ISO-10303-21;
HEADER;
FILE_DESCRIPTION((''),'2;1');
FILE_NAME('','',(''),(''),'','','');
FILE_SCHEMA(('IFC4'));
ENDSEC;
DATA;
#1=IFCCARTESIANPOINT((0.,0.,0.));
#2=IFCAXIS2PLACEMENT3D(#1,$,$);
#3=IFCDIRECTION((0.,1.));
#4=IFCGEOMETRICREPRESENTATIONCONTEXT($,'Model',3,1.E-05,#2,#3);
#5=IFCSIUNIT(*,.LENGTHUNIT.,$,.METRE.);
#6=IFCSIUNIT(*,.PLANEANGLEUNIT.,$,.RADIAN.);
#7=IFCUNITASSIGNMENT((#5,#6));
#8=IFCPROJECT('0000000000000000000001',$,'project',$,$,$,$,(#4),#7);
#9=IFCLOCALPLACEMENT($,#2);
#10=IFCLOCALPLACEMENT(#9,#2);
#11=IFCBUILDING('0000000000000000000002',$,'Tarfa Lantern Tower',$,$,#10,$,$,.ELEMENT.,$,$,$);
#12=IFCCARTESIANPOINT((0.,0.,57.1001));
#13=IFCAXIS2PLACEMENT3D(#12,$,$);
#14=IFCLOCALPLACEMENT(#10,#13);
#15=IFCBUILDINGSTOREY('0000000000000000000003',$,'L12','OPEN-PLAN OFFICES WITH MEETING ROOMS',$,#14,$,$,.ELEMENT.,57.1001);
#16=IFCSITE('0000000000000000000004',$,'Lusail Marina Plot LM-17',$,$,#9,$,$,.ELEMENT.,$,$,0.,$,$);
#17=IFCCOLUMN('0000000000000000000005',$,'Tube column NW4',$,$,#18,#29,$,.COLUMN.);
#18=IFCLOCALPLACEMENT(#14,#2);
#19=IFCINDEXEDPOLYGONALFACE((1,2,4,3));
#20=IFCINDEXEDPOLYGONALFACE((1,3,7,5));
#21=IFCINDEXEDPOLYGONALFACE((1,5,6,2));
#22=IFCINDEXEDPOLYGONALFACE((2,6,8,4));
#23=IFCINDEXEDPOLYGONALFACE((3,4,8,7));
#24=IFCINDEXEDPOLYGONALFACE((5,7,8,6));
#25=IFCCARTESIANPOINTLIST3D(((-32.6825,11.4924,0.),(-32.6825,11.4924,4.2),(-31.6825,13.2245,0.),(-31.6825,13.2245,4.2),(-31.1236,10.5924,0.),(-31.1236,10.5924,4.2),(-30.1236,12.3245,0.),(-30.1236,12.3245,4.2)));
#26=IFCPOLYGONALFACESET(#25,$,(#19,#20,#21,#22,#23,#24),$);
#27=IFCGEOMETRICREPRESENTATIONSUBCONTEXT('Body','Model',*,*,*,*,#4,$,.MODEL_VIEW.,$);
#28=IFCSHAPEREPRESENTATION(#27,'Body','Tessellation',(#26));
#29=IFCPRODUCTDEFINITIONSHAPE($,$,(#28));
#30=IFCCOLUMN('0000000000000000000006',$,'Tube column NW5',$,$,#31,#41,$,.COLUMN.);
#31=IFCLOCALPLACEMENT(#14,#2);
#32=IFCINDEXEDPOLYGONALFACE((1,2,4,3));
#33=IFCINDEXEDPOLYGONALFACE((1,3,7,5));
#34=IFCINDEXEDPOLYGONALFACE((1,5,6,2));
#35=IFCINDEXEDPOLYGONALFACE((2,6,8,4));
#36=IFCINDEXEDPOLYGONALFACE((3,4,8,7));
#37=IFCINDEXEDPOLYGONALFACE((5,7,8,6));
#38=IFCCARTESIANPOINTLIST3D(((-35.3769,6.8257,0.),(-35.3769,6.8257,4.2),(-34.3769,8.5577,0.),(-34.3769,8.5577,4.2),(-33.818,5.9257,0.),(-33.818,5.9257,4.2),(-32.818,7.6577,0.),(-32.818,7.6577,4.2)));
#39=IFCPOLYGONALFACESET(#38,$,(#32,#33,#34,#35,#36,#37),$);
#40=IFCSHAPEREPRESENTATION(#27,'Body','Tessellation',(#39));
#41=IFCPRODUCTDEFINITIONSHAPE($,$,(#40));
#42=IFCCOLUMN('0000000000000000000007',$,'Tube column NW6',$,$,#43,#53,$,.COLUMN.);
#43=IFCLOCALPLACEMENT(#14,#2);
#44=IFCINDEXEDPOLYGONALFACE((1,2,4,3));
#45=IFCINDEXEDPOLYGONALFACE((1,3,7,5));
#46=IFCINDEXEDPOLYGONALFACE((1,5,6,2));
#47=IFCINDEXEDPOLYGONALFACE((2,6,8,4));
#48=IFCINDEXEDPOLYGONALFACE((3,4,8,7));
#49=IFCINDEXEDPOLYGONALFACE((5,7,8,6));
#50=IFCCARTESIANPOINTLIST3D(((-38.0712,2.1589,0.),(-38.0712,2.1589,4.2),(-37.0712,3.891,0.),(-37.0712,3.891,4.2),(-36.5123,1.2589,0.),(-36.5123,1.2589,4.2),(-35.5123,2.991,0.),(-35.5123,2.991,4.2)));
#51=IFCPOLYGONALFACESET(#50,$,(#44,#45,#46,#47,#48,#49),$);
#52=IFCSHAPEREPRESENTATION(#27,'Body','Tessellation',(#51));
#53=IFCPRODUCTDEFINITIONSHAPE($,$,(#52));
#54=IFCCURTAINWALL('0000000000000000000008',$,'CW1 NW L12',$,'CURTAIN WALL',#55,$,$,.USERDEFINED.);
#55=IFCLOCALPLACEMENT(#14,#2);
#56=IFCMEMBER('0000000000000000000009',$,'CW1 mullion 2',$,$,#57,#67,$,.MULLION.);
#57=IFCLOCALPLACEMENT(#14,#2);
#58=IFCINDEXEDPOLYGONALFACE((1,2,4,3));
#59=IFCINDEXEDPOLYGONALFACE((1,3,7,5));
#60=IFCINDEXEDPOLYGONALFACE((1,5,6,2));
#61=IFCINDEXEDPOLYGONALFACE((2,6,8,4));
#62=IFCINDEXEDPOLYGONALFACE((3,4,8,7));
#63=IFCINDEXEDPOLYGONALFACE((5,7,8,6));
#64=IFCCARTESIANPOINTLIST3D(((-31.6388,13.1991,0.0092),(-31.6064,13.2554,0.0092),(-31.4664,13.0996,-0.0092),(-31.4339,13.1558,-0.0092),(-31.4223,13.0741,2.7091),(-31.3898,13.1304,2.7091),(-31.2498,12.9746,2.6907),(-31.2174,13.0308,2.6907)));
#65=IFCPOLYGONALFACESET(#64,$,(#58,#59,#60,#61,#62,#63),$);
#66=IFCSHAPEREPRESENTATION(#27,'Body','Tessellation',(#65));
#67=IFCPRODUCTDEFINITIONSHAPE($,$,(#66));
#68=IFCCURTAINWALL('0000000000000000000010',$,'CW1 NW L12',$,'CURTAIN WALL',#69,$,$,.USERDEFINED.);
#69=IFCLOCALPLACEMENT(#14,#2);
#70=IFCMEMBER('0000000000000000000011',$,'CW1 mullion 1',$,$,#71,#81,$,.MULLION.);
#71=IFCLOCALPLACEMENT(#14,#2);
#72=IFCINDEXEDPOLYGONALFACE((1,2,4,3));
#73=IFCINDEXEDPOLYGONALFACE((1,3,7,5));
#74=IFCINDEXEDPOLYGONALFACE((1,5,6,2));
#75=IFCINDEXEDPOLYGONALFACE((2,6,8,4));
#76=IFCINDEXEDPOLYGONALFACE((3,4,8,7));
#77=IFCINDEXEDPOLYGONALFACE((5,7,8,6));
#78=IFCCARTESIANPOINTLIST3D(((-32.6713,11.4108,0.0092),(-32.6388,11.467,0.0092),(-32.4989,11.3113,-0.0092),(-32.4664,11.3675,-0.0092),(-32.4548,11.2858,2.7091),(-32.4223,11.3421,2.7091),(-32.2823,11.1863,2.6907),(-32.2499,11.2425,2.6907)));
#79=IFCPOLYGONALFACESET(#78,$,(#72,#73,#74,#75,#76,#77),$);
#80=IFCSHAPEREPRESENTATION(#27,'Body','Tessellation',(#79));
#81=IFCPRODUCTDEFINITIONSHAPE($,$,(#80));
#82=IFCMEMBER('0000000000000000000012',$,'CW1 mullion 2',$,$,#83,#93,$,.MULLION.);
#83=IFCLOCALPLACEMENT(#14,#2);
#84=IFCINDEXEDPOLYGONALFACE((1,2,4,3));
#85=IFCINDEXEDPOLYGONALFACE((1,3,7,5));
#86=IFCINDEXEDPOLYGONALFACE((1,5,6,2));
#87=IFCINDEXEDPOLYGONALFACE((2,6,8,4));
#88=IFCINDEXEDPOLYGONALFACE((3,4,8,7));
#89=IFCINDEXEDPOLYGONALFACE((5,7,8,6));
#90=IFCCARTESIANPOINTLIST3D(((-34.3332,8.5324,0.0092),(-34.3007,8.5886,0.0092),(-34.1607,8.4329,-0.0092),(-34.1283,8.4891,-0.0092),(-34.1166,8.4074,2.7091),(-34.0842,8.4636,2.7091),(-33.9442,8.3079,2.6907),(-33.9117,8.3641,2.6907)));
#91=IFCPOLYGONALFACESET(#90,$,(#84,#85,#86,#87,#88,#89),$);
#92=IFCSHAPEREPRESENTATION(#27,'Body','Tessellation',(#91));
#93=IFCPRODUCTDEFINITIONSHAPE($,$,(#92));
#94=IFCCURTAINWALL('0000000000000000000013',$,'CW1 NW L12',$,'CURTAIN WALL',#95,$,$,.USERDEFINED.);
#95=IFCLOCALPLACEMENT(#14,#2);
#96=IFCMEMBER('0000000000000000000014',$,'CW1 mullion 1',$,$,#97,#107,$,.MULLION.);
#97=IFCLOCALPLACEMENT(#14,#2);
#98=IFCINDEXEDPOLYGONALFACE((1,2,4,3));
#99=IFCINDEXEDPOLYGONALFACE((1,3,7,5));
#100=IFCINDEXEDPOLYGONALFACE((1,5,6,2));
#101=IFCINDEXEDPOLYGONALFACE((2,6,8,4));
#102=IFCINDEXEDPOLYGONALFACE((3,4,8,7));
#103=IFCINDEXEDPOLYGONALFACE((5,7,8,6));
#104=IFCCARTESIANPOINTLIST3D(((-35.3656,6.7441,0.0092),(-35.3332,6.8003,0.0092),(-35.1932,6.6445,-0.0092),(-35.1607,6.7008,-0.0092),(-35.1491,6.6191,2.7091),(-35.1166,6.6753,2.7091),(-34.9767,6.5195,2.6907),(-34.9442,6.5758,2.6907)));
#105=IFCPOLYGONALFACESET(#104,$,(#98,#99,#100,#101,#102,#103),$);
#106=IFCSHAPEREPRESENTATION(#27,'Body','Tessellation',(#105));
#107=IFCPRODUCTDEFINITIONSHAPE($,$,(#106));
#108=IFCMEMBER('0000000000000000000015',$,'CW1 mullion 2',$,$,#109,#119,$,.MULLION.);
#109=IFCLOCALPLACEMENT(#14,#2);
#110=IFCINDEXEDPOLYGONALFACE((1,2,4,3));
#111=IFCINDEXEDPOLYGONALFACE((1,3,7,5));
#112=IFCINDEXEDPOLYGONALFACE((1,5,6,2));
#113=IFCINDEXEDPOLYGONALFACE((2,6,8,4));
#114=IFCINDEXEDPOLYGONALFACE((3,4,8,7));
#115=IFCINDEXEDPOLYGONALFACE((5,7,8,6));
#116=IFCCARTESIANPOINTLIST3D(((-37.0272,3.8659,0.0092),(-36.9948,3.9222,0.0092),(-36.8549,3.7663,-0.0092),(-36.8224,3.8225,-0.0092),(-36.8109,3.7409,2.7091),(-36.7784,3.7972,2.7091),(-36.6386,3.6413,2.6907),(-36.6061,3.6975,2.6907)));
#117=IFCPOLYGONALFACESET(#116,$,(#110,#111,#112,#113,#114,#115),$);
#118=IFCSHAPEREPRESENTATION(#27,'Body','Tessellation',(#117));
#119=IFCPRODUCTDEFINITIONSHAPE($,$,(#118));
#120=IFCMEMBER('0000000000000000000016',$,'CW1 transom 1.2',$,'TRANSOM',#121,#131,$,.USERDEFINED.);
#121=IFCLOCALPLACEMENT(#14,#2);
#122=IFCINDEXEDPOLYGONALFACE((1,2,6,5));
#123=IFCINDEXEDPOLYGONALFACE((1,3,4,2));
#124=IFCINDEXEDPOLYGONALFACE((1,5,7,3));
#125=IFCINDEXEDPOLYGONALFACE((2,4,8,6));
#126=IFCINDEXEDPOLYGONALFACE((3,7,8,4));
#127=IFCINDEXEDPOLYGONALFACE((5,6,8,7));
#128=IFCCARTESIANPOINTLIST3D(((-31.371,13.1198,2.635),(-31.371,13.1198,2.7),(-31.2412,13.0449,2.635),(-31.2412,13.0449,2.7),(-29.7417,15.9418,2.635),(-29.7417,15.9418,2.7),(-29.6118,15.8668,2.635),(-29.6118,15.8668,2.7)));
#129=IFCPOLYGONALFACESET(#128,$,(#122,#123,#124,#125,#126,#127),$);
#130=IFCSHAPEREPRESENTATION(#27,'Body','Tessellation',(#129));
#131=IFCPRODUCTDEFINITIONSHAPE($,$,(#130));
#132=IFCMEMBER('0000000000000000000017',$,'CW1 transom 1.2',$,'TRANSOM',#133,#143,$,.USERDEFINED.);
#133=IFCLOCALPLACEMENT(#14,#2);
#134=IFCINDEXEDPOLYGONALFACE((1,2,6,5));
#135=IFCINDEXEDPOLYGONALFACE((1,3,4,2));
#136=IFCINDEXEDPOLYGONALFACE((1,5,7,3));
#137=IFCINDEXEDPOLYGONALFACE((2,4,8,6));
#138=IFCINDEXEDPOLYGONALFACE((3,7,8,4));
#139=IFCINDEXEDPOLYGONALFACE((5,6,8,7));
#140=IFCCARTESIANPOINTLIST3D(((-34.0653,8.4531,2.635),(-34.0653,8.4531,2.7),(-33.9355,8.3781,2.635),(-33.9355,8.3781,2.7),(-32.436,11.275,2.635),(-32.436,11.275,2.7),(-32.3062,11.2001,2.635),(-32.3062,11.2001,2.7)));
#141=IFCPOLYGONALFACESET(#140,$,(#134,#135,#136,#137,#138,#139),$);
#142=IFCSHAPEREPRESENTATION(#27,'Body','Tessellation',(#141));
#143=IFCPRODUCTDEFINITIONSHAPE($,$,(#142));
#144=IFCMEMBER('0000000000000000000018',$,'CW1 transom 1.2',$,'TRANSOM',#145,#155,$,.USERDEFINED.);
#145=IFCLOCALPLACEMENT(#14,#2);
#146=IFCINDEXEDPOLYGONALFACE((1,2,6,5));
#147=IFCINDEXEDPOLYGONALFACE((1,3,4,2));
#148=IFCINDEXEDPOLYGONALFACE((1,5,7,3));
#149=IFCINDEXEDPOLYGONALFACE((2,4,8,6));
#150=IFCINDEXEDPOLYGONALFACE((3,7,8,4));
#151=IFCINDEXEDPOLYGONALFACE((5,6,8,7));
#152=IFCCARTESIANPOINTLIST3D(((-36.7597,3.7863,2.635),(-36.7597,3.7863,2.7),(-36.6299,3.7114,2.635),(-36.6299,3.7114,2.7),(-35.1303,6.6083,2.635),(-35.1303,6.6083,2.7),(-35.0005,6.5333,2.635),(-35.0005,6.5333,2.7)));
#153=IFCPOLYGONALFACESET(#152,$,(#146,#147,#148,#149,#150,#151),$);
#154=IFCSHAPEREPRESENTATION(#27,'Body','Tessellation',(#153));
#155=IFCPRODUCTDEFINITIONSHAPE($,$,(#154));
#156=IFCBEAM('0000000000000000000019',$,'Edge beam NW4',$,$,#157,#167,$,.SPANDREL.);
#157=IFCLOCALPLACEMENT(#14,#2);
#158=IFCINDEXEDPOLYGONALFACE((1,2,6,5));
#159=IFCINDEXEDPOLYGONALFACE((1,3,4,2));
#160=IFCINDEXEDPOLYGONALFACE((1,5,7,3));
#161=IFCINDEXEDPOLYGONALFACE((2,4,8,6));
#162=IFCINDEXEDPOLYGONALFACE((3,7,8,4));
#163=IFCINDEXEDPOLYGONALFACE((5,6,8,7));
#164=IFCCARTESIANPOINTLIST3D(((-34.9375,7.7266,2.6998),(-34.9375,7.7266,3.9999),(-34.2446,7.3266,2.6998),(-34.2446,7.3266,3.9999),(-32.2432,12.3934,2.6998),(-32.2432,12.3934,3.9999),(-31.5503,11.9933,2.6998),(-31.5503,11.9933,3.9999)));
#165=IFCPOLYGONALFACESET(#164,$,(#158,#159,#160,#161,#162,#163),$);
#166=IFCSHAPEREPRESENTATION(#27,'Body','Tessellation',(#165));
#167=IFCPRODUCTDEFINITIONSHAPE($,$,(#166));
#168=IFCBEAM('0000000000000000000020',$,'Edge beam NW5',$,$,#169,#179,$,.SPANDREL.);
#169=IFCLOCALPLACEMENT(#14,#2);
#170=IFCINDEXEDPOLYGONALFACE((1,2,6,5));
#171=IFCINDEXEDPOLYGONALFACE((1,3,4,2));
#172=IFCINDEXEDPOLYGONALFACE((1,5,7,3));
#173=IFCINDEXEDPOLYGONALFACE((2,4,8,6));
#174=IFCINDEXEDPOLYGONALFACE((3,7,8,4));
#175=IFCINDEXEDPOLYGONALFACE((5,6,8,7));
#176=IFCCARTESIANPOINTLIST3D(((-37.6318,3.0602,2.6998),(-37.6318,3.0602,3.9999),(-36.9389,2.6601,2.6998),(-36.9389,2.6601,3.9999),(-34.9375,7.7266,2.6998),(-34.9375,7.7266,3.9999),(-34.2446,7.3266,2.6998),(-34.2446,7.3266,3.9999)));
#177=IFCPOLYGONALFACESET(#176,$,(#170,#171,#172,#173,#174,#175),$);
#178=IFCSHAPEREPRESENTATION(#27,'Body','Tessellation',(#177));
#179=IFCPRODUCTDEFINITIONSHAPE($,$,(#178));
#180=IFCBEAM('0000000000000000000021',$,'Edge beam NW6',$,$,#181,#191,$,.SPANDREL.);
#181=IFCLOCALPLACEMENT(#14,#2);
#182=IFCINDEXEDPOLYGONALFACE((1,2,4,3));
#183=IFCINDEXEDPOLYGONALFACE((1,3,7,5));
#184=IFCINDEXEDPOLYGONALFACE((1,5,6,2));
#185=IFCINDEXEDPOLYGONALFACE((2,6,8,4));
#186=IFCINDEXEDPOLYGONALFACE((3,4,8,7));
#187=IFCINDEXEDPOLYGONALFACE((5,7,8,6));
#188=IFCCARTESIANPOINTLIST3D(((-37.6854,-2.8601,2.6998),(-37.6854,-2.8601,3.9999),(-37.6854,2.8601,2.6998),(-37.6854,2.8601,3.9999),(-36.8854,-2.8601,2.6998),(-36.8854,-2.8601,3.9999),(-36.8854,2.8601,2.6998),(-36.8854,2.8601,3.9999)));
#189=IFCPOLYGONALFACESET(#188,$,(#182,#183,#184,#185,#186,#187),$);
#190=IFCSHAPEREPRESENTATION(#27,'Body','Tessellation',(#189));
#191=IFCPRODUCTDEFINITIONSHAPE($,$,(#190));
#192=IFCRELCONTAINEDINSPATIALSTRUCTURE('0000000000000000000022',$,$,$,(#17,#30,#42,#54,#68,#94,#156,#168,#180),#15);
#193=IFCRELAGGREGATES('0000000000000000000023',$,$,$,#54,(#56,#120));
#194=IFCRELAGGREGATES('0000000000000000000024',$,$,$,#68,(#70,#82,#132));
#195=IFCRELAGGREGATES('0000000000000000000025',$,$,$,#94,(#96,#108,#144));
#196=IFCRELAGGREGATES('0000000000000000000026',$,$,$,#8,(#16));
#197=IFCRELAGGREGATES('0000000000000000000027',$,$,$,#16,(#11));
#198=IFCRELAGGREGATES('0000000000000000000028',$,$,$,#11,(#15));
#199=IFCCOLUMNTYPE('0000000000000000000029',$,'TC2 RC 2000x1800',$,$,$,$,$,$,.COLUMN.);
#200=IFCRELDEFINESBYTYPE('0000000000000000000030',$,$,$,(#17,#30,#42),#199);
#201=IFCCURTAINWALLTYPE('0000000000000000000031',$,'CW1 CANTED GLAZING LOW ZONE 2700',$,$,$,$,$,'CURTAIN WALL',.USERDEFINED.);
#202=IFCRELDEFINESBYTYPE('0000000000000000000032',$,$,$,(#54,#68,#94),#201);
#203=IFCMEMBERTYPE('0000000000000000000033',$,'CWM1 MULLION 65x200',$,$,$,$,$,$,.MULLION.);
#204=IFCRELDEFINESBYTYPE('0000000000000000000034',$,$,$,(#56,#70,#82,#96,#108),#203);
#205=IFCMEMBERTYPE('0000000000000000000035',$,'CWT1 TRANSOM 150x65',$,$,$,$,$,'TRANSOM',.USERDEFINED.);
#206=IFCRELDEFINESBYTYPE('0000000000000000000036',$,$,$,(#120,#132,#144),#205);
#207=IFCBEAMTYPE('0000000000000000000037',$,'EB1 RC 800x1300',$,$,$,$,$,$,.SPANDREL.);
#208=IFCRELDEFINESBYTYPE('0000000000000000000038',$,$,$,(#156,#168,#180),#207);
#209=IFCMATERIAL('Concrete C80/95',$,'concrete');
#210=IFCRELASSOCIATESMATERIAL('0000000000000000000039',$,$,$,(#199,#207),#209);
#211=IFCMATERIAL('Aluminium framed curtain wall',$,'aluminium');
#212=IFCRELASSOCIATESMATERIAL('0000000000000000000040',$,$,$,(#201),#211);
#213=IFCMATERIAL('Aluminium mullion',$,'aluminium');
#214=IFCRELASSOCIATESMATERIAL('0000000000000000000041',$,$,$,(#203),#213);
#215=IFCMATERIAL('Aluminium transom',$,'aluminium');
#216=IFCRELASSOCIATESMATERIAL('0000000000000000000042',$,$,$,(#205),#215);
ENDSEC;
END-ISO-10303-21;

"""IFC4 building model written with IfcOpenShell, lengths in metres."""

from ifc_helpers import new_model, si_unit, direction, frame, origin, origin_2d, place, context, subcontext, project, spatial, rectangle, extrude, material, material_profile, profile_set, type_object, element, aggregate, save


model = new_model("IFC4")

# Units and contexts
model_context = context("Model", 3, precision=1e-05, world=origin(), true_north=direction((0.0, 1.0)))
body_context = subcontext(model_context, "Body", "Model", "MODEL_VIEW")
ifc_project = project(units=[si_unit("LENGTHUNIT", "METRE"), si_unit("PLANEANGLEUNIT", "RADIAN")], contexts=[model_context])

# Site, building, storey
site_placement = place(None, origin())
site = spatial("IfcSite", under=ifc_project, at=site_placement, Name="Lusail Marina Plot LM-17", CompositionType="ELEMENT", RefElevation=0.0)
building_placement = place(site_placement, origin())
building = spatial("IfcBuilding", under=site, at=building_placement, Name="Tarfa Lantern Tower", CompositionType="ELEMENT")
storey_placement = place(building_placement, frame((0.0, 0.0, 57.1001)))
storey = spatial("IfcBuildingStorey", under=building, at=storey_placement, Name="L12", Description="OPEN-PLAN OFFICES WITH MEETING ROOMS", CompositionType="ELEMENT", Elevation=57.1001)

# Columns
ifc_material_1 = material(Name="Concrete C80/95", Category="concrete")
ifc_material_profile_1 = material_profile(ifc_material_1, rectangle(XDim=2.0, YDim=1.8, at=origin_2d()), Name="RC 2000x1800")
ifc_profile_set_1 = profile_set([ifc_material_profile_1], Name="Concrete C80/95")
column_type = type_object("IfcColumnType", Name="TC2 RC 2000x1800", PredefinedType="COLUMN", material=ifc_profile_set_1)
for number, where, z_axis, x_axis, name in (
    (1, (-31.4031, 11.9084, 0.0), (0.0, 0.0, 1.0), (-0.5, -0.866025, 0.0), "Tube column NW4"),
    (2, (-34.0974, 7.2417, 0.0), (0.0, 0.0, 1.0), (-0.5, -0.866025, 0.0), "Tube column NW5"),
    (3, (-36.7917, 2.575, 0.0), (0.0, 0.0, 1.0), (-0.5, -0.866025, 0.0), "Tube column NW6"),
):
    element("IfcColumn", number, at=place(storey_placement, frame(where, z_axis=z_axis, x_axis=x_axis)), inside=storey, type_object=column_type, Name=name, PredefinedType="COLUMN", context=body_context, shape_type="SweptSolid", body=[
        extrude(rectangle(XDim=2.0, YDim=1.8, at=origin_2d()), origin(), (0.0, 0.0, 1.0), 4.2),
    ])

# Curtain wall, member
ifc_material_2 = material(Name="Aluminium framed curtain wall", Category="aluminium")
curtain_wall_type = type_object("IfcCurtainWallType", Name="CW1 CANTED GLAZING LOW ZONE 2700", ElementType="CURTAIN WALL", PredefinedType="USERDEFINED", material=ifc_material_2)
curtain_wall_1_placement = place(storey_placement, origin())
curtain_wall_1 = element("IfcCurtainWall", 4, at=curtain_wall_1_placement, inside=storey, type_object=curtain_wall_type, Name="CW1 NW L12", ObjectType="CURTAIN WALL", PredefinedType="USERDEFINED")
ifc_material_3 = material(Name="Aluminium mullion", Category="aluminium")
ifc_material_profile_2 = material_profile(ifc_material_3, rectangle(XDim=0.0649, YDim=0.2, at=origin_2d()), Name="AL MULLION 65x200")
ifc_profile_set_2 = profile_set([ifc_material_profile_2], Name="Aluminium mullion")
member_type_1 = type_object("IfcMemberType", Name="CWM1 MULLION 65x200", PredefinedType="MULLION", material=ifc_profile_set_2)
member_1_placement = place(storey_placement, frame((-31.5364, 13.1775, 0.0), z_axis=(0.079864, -0.0461, 0.995739), x_axis=(0.49992, 0.866072, 0.0)))
member_1 = element("IfcMember", 5, at=member_1_placement, type_object=member_type_1, Name="CW1 mullion 2", PredefinedType="MULLION", context=body_context, shape_type="SweptSolid", body=[
    extrude(rectangle(XDim=0.0649, YDim=0.2, at=origin_2d()), origin(), (0.0, 0.0, 1.0), 2.7114),
])

# Curtain walls, members
curtain_wall_2_placement = place(storey_placement, origin())
curtain_wall_2 = element("IfcCurtainWall", 6, at=curtain_wall_2_placement, inside=storey, type_object=curtain_wall_type, Name="CW1 NW L12", ObjectType="CURTAIN WALL", PredefinedType="USERDEFINED")
member_2_placement = place(storey_placement, frame((-32.5688, 11.3892, 0.0), z_axis=(0.079864, -0.0461, 0.995739), x_axis=(0.49992, 0.866072, 0.0)))
member_2 = element("IfcMember", 7, at=member_2_placement, type_object=member_type_1, Name="CW1 mullion 1", PredefinedType="MULLION", context=body_context, shape_type="SweptSolid", body=[
    extrude(rectangle(XDim=0.0649, YDim=0.2, at=origin_2d()), origin(), (0.0, 0.0, 1.0), 2.7114),
])
member_3_placement = place(storey_placement, frame((-34.2307, 8.5107, 0.0), z_axis=(0.079864, -0.0461, 0.995739), x_axis=(0.49992, 0.866072, 0.0)))
member_3 = element("IfcMember", 8, at=member_3_placement, type_object=member_type_1, Name="CW1 mullion 2", PredefinedType="MULLION", context=body_context, shape_type="SweptSolid", body=[
    extrude(rectangle(XDim=0.0649, YDim=0.2, at=origin_2d()), origin(), (0.0, 0.0, 1.0), 2.7114),
])
curtain_wall_3_placement = place(storey_placement, origin())
curtain_wall_3 = element("IfcCurtainWall", 9, at=curtain_wall_3_placement, inside=storey, type_object=curtain_wall_type, Name="CW1 NW L12", ObjectType="CURTAIN WALL", PredefinedType="USERDEFINED")
member_4_placement = place(storey_placement, frame((-35.2632, 6.7224, 0.0), z_axis=(0.079864, -0.0461, 0.995739), x_axis=(0.49992, 0.866072, 0.0)))
member_4 = element("IfcMember", 10, at=member_4_placement, type_object=member_type_1, Name="CW1 mullion 1", PredefinedType="MULLION", context=body_context, shape_type="SweptSolid", body=[
    extrude(rectangle(XDim=0.0649, YDim=0.2, at=origin_2d()), origin(), (0.0, 0.0, 1.0), 2.7114),
])
member_5_placement = place(storey_placement, frame((-36.9248, 3.8442, 0.0), z_axis=(0.079775, -0.0461, 0.995746), x_axis=(0.500343, 0.865827, 0.0)))
member_5 = element("IfcMember", 11, at=member_5_placement, type_object=member_type_1, Name="CW1 mullion 2", PredefinedType="MULLION", context=body_context, shape_type="SweptSolid", body=[
    extrude(rectangle(XDim=0.0649, YDim=0.2, at=origin_2d()), origin(), (0.0, 0.0, 1.0), 2.7114),
])

# Members
ifc_material_4 = material(Name="Aluminium transom", Category="aluminium")
ifc_material_profile_3 = material_profile(ifc_material_4, rectangle(XDim=0.1499, YDim=0.0649, at=origin_2d()), Name="AL TRANSOM 150x65")
ifc_profile_set_3 = profile_set([ifc_material_profile_3], Name="Aluminium transom")
member_type_2 = type_object("IfcMemberType", Name="CWT1 TRANSOM 150x65", ElementType="TRANSOM", PredefinedType="USERDEFINED", material=ifc_profile_set_3)
member_6_placement = place(storey_placement, frame((-29.6768, 15.9043, 2.6675), z_axis=(-0.500023, -0.866012, 0.0), x_axis=(0.866012, -0.500023, 0.0)))
member_6 = element("IfcMember", 12, at=member_6_placement, type_object=member_type_2, Name="CW1 transom 1.2", ObjectType="TRANSOM", PredefinedType="USERDEFINED", context=body_context, shape_type="SweptSolid", body=[
    extrude(rectangle(XDim=0.1499, YDim=0.0649, at=origin_2d()), origin(), (0.0, 0.0, 1.0), 3.2585),
])
aggregate(curtain_wall_1, [member_1, member_6])
member_7_placement = place(storey_placement, frame((-32.3711, 11.2375, 2.6675), z_axis=(-0.500023, -0.866012, 0.0), x_axis=(0.866012, -0.500023, 0.0)))
member_7 = element("IfcMember", 13, at=member_7_placement, type_object=member_type_2, Name="CW1 transom 1.2", ObjectType="TRANSOM", PredefinedType="USERDEFINED", context=body_context, shape_type="SweptSolid", body=[
    extrude(rectangle(XDim=0.1499, YDim=0.0649, at=origin_2d()), origin(), (0.0, 0.0, 1.0), 3.2585),
])
member_8_placement = place(storey_placement, frame((-35.0654, 6.5708, 2.6675), z_axis=(-0.500023, -0.866012, 0.0), x_axis=(0.866012, -0.500023, 0.0)))
member_8 = element("IfcMember", 14, at=member_8_placement, type_object=member_type_2, Name="CW1 transom 1.2", ObjectType="TRANSOM", PredefinedType="USERDEFINED", context=body_context, shape_type="SweptSolid", body=[
    extrude(rectangle(XDim=0.1499, YDim=0.0649, at=origin_2d()), origin(), (0.0, 0.0, 1.0), 3.2585),
])

# Beams
ifc_material_profile_4 = material_profile(ifc_material_1, rectangle(XDim=0.8, YDim=1.3, at=origin_2d()), Name="RC 800x1300")
ifc_profile_set_4 = profile_set([ifc_material_profile_4], Name="Concrete C80/95")
beam_type_1 = type_object("IfcBeamType", Name="EB1 RC 800x1300", PredefinedType="SPANDREL", material=ifc_profile_set_4)
beam_1_placement = place(storey_placement, frame((-31.8967, 12.1934, 3.3499), z_axis=(-0.499998, -0.866026, 0.0), x_axis=(0.866026, -0.499998, 0.0)))
element("IfcBeam", 15, at=beam_1_placement, inside=storey, type_object=beam_type_1, Name="Edge beam NW4", PredefinedType="SPANDREL", context=body_context, shape_type="SweptSolid", body=[
    extrude(rectangle(XDim=0.8, YDim=1.3, at=origin_2d()), origin(), (0.0, 0.0, 1.0), 5.3887),
])
beam_2_placement = place(storey_placement, frame((-34.5911, 7.5266, 3.3499), z_axis=(-0.500018, -0.866015, 0.0), x_axis=(0.866015, -0.500018, 0.0)))
element("IfcBeam", 16, at=beam_2_placement, inside=storey, type_object=beam_type_1, Name="Edge beam NW5", PredefinedType="SPANDREL", context=body_context, shape_type="SweptSolid", body=[
    extrude(rectangle(XDim=0.8, YDim=1.3, at=origin_2d()), origin(), (0.0, 0.0, 1.0), 5.3884),
])
beam_3_placement = place(storey_placement, frame((-37.2854, 2.8601, 3.3499), z_axis=(0.0, -1.0, 0.0), x_axis=(1.0, 0.0, 0.0)))
element("IfcBeam", 17, at=beam_3_placement, inside=storey, type_object=beam_type_1, Name="Edge beam NW6", PredefinedType="SPANDREL", context=body_context, shape_type="SweptSolid", body=[
    extrude(rectangle(XDim=0.8, YDim=1.3, at=origin_2d()), origin(), (0.0, 0.0, 1.0), 5.7202),
])

aggregate(curtain_wall_2, [member_2, member_3, member_7])
aggregate(curtain_wall_3, [member_4, member_5, member_8])

save(model, "model.ifc")
